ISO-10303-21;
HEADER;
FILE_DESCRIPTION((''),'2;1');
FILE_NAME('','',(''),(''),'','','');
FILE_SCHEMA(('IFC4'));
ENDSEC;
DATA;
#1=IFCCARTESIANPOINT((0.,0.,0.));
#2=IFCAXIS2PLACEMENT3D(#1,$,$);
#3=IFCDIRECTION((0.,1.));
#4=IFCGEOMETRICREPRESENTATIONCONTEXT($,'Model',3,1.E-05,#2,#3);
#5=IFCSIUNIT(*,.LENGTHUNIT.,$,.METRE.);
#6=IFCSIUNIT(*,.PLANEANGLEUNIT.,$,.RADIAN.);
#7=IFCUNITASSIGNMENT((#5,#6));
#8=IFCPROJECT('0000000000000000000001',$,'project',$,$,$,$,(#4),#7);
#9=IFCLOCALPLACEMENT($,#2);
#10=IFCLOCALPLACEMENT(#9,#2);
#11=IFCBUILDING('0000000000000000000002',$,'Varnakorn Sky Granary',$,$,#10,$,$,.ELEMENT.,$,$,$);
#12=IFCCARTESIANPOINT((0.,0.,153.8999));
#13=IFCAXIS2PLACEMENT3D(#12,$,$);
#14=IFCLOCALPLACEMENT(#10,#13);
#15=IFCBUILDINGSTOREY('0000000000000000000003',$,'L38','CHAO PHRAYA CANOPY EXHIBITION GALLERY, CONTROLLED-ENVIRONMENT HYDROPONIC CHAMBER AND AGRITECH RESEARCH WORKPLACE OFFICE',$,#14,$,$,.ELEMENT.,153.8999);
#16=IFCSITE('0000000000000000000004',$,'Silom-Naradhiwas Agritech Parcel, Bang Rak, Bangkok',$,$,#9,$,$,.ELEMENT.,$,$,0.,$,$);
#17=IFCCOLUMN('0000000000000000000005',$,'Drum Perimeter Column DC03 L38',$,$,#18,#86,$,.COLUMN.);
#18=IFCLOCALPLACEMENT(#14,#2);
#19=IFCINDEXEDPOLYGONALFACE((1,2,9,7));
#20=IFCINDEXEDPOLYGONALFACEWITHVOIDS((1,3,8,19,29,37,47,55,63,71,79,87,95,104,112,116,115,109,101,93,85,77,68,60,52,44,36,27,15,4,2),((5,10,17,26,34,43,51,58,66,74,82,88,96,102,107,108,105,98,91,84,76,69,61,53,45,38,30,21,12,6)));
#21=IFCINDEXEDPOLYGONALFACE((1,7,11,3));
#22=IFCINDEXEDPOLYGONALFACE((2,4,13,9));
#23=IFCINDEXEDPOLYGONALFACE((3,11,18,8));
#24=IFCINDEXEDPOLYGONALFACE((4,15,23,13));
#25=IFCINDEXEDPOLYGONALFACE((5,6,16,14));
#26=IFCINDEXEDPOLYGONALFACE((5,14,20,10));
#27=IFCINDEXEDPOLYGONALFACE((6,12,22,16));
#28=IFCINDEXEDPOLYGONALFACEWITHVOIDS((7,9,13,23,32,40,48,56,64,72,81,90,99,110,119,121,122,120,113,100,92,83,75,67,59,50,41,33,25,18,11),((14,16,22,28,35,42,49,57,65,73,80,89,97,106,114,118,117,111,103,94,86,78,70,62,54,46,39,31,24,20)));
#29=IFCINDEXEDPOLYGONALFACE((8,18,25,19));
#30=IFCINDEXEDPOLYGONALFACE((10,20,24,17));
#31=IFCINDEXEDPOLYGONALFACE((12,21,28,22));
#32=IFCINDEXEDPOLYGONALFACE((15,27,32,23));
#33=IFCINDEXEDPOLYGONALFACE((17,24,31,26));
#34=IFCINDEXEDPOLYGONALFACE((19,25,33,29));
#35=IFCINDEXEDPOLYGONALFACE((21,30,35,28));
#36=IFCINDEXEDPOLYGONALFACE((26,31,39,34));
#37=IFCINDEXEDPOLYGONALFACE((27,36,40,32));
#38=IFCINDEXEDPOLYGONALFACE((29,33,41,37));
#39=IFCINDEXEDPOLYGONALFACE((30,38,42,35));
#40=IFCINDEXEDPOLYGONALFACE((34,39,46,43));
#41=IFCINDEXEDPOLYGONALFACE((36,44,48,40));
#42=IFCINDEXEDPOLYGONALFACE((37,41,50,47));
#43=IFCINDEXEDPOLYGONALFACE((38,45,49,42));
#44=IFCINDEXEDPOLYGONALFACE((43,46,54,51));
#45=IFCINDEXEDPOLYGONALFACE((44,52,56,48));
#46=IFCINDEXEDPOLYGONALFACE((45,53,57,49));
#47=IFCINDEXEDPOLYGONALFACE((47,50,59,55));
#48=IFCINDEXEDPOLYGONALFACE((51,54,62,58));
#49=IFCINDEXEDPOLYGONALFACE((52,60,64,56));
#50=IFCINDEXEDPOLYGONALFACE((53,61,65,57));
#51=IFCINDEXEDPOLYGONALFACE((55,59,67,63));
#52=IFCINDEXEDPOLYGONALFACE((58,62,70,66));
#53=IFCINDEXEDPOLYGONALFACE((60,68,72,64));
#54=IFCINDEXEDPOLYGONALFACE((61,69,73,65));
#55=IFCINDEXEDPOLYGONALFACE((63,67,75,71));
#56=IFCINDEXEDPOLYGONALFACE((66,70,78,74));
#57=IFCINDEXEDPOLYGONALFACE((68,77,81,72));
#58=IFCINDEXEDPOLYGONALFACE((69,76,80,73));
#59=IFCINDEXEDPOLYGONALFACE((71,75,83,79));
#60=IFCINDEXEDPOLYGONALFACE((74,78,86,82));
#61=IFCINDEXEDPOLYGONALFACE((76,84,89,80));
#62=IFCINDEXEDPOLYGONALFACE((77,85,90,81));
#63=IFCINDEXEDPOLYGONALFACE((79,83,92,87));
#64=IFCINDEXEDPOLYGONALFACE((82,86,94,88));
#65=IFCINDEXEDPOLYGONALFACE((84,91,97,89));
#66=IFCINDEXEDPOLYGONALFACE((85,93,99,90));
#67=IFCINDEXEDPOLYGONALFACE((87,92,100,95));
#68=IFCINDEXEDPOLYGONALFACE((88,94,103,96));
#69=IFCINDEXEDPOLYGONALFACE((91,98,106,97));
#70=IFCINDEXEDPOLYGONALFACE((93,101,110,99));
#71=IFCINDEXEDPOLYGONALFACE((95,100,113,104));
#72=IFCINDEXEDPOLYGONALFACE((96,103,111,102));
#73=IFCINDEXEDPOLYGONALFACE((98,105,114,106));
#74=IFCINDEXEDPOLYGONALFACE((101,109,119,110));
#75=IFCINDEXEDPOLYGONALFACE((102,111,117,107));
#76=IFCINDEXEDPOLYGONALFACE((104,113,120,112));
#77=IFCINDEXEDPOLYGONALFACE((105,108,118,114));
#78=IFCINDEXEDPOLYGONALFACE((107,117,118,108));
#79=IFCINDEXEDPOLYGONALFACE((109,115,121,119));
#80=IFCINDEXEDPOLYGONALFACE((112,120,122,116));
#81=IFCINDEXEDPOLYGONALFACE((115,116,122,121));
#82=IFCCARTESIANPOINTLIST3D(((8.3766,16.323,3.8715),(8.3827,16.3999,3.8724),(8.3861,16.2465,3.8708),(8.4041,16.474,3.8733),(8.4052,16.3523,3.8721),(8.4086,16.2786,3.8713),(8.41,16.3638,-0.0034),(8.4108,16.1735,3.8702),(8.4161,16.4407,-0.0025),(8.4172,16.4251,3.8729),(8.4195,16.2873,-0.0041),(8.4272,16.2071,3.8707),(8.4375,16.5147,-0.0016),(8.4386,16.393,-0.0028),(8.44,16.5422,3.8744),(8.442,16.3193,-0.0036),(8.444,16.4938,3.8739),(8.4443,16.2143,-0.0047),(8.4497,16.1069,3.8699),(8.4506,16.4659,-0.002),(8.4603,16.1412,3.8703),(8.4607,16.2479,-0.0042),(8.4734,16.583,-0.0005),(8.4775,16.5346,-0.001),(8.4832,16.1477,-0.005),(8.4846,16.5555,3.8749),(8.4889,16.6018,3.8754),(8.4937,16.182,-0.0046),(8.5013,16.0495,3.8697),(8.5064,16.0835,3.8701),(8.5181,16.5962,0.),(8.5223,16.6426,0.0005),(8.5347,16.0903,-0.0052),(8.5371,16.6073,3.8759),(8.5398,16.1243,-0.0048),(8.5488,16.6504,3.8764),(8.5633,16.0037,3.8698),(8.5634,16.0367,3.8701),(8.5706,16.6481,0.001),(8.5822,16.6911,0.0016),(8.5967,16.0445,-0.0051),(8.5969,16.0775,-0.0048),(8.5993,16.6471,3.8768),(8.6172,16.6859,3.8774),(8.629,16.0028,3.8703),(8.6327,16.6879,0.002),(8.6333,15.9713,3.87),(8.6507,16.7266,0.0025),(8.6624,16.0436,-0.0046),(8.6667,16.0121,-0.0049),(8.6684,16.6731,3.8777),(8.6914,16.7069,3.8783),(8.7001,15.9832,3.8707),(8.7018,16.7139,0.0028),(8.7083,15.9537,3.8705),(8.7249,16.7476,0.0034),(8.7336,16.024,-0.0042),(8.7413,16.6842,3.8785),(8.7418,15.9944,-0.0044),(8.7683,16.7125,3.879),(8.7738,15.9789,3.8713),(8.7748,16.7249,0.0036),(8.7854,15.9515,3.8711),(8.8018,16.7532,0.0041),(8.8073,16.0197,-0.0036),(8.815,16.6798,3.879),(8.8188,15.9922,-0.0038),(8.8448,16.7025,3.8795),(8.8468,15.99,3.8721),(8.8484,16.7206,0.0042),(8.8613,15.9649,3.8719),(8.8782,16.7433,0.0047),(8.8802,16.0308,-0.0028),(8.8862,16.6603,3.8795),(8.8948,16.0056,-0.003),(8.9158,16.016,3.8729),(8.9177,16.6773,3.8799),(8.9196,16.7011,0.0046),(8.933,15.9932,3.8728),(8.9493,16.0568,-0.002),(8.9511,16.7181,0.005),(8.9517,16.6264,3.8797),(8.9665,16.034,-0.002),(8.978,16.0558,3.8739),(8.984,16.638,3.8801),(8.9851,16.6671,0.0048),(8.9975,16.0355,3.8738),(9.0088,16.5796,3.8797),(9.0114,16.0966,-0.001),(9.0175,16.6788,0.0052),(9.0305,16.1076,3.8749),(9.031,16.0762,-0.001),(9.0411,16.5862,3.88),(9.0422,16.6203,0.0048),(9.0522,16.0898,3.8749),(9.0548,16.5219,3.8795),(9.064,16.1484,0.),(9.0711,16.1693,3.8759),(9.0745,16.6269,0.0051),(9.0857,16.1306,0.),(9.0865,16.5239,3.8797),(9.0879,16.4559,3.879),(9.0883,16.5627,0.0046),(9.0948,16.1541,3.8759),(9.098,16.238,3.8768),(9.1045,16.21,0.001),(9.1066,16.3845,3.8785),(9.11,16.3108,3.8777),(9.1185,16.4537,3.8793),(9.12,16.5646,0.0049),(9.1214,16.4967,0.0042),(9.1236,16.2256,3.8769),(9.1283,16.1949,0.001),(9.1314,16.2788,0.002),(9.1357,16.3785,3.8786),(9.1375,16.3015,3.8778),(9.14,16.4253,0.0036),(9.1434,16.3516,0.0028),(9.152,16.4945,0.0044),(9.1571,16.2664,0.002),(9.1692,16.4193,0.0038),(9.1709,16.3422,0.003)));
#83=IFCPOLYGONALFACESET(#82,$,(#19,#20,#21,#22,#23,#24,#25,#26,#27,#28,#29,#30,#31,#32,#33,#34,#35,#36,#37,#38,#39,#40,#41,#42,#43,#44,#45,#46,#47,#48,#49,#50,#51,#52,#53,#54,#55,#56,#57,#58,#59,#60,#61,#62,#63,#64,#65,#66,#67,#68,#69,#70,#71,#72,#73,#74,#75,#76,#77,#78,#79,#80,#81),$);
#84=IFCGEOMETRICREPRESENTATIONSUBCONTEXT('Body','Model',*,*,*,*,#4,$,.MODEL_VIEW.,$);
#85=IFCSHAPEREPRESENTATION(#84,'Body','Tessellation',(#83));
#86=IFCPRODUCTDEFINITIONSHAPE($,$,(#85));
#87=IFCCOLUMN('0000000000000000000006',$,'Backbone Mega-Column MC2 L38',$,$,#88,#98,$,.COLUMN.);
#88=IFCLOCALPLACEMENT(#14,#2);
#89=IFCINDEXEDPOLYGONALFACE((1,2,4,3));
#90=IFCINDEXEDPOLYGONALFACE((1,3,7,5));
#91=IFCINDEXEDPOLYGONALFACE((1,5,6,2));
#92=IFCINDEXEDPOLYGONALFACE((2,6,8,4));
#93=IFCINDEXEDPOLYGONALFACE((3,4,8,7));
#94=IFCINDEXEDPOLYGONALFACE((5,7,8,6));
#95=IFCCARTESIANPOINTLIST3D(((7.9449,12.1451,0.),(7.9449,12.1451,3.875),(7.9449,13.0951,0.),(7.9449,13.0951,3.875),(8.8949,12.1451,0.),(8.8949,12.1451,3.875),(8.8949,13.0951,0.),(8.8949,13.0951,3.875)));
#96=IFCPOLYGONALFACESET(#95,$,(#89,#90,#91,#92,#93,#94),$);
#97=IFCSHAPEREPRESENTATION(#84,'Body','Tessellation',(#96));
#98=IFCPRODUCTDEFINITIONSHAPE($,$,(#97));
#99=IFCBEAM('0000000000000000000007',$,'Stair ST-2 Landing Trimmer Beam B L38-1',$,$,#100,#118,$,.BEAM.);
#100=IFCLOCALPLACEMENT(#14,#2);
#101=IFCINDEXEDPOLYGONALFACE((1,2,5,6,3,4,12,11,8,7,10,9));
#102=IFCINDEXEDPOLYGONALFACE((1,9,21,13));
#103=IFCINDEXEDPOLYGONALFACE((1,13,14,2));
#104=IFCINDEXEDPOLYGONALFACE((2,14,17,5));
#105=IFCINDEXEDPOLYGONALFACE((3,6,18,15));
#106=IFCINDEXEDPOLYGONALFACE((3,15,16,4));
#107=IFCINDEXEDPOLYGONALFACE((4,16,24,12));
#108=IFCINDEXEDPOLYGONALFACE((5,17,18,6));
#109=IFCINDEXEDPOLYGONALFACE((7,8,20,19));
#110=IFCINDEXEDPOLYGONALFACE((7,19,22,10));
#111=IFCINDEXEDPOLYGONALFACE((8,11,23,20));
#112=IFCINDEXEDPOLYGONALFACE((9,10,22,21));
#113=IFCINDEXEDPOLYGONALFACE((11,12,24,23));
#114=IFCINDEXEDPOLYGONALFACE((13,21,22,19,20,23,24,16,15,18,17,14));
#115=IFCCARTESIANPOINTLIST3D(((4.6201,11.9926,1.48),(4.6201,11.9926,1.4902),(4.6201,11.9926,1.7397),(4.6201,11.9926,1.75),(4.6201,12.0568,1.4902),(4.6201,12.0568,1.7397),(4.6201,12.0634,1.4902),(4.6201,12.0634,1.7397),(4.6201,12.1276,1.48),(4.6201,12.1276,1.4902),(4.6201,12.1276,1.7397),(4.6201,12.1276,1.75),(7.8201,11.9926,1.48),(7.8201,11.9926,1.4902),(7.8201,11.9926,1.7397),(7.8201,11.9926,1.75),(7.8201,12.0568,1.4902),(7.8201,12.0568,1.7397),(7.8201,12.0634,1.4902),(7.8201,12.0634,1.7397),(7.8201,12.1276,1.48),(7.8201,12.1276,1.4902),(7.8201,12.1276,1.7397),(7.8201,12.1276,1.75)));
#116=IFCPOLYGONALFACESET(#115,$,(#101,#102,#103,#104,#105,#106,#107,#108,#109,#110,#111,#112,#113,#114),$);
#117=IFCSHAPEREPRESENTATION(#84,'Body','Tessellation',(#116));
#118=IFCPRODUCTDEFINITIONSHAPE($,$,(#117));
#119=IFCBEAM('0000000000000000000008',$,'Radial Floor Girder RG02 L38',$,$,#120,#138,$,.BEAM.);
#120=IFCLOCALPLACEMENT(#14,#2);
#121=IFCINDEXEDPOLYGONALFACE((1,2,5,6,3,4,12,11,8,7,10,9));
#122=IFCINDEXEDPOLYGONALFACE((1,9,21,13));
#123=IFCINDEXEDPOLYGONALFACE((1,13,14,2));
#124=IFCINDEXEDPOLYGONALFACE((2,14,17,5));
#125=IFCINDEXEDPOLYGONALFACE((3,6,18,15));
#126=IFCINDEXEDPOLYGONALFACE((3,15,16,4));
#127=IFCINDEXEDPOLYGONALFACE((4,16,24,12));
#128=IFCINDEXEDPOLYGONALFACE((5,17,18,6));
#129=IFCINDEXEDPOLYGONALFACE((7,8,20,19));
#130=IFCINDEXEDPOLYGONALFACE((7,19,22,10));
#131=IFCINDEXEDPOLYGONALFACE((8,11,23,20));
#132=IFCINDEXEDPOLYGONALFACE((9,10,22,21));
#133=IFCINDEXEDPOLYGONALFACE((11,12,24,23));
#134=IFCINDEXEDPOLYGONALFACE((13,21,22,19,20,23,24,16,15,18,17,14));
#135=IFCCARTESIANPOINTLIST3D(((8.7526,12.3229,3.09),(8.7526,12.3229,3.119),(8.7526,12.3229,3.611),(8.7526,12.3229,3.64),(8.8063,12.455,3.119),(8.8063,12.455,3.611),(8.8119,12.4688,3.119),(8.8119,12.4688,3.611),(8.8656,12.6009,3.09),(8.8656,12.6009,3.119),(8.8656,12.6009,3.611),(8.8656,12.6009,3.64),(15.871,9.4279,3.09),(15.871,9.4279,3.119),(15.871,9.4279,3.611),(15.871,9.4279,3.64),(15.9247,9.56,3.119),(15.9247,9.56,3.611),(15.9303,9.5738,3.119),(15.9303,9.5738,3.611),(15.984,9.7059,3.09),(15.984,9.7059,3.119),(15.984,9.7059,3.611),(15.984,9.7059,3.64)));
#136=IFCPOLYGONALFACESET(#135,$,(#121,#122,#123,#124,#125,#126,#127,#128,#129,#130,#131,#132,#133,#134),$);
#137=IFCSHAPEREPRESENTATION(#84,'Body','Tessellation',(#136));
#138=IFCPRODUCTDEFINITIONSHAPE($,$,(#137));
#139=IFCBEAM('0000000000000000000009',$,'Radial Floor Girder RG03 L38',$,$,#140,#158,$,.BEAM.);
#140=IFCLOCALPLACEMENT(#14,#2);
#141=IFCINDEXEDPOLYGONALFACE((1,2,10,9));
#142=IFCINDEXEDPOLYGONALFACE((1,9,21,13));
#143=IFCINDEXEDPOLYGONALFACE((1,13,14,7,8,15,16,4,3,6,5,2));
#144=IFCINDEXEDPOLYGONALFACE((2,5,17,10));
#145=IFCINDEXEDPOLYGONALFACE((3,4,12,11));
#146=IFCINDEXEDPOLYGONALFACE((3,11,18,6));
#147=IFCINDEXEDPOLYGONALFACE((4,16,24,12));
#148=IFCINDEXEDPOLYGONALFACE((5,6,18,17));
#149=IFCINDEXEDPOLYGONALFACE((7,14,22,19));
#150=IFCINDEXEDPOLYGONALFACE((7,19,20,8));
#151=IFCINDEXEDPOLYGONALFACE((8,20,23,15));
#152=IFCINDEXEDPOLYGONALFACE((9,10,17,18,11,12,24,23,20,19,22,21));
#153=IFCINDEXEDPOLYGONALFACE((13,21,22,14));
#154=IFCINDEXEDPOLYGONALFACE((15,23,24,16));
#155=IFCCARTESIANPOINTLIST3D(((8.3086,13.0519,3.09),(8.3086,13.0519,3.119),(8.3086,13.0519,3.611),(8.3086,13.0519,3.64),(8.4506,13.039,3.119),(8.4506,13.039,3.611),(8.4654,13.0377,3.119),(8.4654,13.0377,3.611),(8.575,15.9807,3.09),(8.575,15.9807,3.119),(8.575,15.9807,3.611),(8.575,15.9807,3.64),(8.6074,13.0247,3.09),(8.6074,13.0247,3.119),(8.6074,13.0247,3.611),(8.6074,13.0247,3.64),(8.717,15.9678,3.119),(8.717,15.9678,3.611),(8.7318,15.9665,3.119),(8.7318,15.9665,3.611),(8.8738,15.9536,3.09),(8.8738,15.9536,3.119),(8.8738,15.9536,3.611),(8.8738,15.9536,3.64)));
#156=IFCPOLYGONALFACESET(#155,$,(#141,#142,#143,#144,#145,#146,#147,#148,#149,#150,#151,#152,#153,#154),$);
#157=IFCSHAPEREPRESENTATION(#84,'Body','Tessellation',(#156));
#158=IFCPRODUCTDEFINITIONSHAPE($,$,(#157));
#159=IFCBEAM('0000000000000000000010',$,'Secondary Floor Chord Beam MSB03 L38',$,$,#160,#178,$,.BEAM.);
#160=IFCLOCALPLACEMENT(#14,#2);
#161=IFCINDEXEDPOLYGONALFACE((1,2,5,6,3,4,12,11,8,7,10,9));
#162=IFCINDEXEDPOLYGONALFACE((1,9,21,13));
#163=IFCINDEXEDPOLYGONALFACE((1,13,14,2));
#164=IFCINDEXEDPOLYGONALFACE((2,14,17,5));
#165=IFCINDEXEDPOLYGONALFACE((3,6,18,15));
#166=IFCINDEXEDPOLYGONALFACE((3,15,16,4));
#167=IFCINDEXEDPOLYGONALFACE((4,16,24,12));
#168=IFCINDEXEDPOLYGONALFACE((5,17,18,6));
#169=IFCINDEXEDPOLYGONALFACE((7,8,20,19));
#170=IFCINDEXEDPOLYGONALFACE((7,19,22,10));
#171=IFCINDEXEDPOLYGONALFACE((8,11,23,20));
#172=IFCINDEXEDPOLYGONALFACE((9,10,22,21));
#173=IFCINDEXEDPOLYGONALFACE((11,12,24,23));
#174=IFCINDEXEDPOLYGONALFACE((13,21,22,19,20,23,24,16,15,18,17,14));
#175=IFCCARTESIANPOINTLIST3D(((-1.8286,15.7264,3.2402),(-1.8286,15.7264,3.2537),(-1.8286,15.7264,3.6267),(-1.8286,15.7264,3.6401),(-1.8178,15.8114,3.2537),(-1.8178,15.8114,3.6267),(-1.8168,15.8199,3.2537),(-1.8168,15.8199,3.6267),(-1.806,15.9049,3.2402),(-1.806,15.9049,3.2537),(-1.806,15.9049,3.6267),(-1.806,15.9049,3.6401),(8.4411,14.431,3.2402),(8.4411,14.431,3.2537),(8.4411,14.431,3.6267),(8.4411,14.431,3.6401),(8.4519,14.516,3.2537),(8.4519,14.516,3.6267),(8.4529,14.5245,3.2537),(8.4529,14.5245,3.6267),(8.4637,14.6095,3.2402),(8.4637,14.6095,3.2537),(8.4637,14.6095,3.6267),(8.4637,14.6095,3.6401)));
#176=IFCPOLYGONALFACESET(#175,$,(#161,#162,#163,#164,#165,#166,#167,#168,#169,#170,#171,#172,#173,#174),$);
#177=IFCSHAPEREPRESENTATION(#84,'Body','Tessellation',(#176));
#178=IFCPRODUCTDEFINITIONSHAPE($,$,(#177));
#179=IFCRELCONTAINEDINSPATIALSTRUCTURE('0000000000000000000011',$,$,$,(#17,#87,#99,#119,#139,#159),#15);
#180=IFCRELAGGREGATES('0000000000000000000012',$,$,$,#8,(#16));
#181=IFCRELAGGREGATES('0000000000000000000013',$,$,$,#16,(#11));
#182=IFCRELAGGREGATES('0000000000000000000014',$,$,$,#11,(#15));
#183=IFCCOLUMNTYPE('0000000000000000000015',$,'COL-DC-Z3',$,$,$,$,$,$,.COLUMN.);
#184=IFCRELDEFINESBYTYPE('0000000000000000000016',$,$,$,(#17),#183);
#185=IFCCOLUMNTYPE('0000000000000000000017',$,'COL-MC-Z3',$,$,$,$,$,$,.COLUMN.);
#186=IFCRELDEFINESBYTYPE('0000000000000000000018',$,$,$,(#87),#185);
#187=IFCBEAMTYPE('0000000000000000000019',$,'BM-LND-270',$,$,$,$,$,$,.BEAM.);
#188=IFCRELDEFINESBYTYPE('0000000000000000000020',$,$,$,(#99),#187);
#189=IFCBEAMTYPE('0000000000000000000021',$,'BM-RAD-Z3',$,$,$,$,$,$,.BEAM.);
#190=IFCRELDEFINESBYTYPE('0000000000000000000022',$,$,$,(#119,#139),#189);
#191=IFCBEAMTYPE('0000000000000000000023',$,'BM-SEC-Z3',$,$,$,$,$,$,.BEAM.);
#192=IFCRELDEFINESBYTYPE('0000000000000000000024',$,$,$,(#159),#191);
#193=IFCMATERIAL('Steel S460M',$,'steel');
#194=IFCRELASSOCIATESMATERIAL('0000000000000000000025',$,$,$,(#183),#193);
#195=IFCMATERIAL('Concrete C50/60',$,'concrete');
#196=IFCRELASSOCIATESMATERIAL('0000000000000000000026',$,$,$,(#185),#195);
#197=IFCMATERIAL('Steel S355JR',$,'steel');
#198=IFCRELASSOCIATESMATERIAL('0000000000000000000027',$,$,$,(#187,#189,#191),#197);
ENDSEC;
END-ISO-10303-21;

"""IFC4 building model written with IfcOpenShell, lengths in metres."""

from ifc_helpers import new_model, si_unit, direction, frame, origin, origin_2d, place, context, subcontext, project, spatial, rectangle, hollow_circle, i_section, extrude, material, material_profile, profile_set, type_object, element, save


model = new_model("IFC4")

# Units and contexts
model_context = context("Model", 3, precision=1e-05, world=origin(), true_north=direction((0.0, 1.0)))
body_context = subcontext(model_context, "Body", "Model", "MODEL_VIEW")
ifc_project = project(units=[si_unit("LENGTHUNIT", "METRE"), si_unit("PLANEANGLEUNIT", "RADIAN")], contexts=[model_context])

# Site, building, storey
site_placement = place(None, origin())
site = spatial("IfcSite", under=ifc_project, at=site_placement, Name="Silom-Naradhiwas Agritech Parcel, Bang Rak, Bangkok", CompositionType="ELEMENT", RefElevation=0.0)
building_placement = place(site_placement, origin())
building = spatial("IfcBuilding", under=site, at=building_placement, Name="Varnakorn Sky Granary", CompositionType="ELEMENT")
storey_placement = place(building_placement, frame((0.0, 0.0, 153.8999)))
storey = spatial("IfcBuildingStorey", under=building, at=storey_placement, Name="L38", Description="CHAO PHRAYA CANOPY EXHIBITION GALLERY, CONTROLLED-ENVIRONMENT HYDROPONIC CHAMBER AND AGRITECH RESEARCH WORKPLACE OFFICE", CompositionType="ELEMENT", Elevation=153.8999)

# Columns
ifc_material_1 = material(Name="Steel S460M", Category="steel")
ifc_material_profile_1 = material_profile(ifc_material_1, hollow_circle(Radius=0.3811, WallThickness=0.0281, at=origin_2d()), Name="CHS 762x28")
ifc_profile_set_1 = profile_set([ifc_material_profile_1], Name="Steel S460M")
column_type_1 = type_object("IfcColumnType", Name="COL-DC-Z3", PredefinedType="COLUMN", material=ifc_profile_set_1)
column_1_placement = place(storey_placement, frame((8.791, 16.3723, 0.0), z_axis=(-0.008631, -0.010521, 0.999907), x_axis=(0.773132, -0.634246, 0.0)))
element("IfcColumn", 1, at=column_1_placement, inside=storey, type_object=column_type_1, Name="Drum Perimeter Column DC03 L38", PredefinedType="COLUMN", context=body_context, shape_type="SweptSolid", body=[
    extrude(hollow_circle(Radius=0.3811, WallThickness=0.0281, at=origin_2d()), origin(), (0.0, 0.0, 1.0), 3.8752),
])
ifc_material_2 = material(Name="Concrete C50/60", Category="concrete")
ifc_material_profile_2 = material_profile(ifc_material_2, rectangle(XDim=0.95, YDim=0.95, at=origin_2d()), Name="RC 950x950")
ifc_profile_set_2 = profile_set([ifc_material_profile_2], Name="Concrete C50/60")
column_type_2 = type_object("IfcColumnType", Name="COL-MC-Z3", PredefinedType="COLUMN", material=ifc_profile_set_2)
column_2_placement = place(storey_placement, frame((8.4199, 12.6201, 0.0), z_axis=(0.0, 0.0, 1.0), x_axis=(1.0, 0.0, 0.0)))
element("IfcColumn", 2, at=column_2_placement, inside=storey, type_object=column_type_2, Name="Backbone Mega-Column MC2 L38", PredefinedType="COLUMN", context=body_context, shape_type="SweptSolid", body=[
    extrude(rectangle(XDim=0.95, YDim=0.95, at=origin_2d()), origin(), (0.0, 0.0, 1.0), 3.875),
])

# Beams
ifc_material_3 = material(Name="Steel S355JR", Category="steel")
ifc_material_profile_3 = material_profile(ifc_material_3, i_section(OverallWidth=0.135, OverallDepth=0.27, WebThickness=0.0066, FlangeThickness=0.0103, at=origin_2d()), Name="IPE 270")
ifc_profile_set_3 = profile_set([ifc_material_profile_3], Name="Steel S355JR")
beam_type_1 = type_object("IfcBeamType", Name="BM-LND-270", PredefinedType="BEAM", material=ifc_profile_set_3)
beam_1_placement = place(storey_placement, frame((4.6201, 12.0601, 1.615), z_axis=(1.0, 0.0, 0.0), x_axis=(0.0, 1.0, 0.0)))
element("IfcBeam", 3, at=beam_1_placement, inside=storey, type_object=beam_type_1, Name="Stair ST-2 Landing Trimmer Beam B L38-1", PredefinedType="BEAM", context=body_context, shape_type="SweptSolid", body=[
    extrude(i_section(OverallWidth=0.135, OverallDepth=0.27, WebThickness=0.0066, FlangeThickness=0.0103, at=origin_2d()), origin(), (0.0, 0.0, 1.0), 3.2),
])
ifc_material_profile_4 = material_profile(ifc_material_3, i_section(OverallWidth=0.3, OverallDepth=0.55, WebThickness=0.0149, FlangeThickness=0.0291, at=origin_2d()), Name="HE 550 B")
ifc_profile_set_4 = profile_set([ifc_material_profile_4], Name="Steel S355JR")
beam_type_2 = type_object("IfcBeamType", Name="BM-RAD-Z3", PredefinedType="BEAM", material=ifc_profile_set_4)
beam_2_placement = place(storey_placement, frame((8.8091, 12.4619, 3.365), z_axis=(0.926323, -0.376731, 0.0), x_axis=(0.376731, 0.926323, 0.0)))
element("IfcBeam", 4, at=beam_2_placement, inside=storey, type_object=beam_type_2, Name="Radial Floor Girder RG02 L38", PredefinedType="BEAM", context=body_context, shape_type="SweptSolid", body=[
    extrude(i_section(OverallWidth=0.3, OverallDepth=0.55, WebThickness=0.0149, FlangeThickness=0.0291, at=origin_2d()), origin(), (0.0, 0.0, 1.0), 7.6846),
])
beam_3_placement = place(storey_placement, frame((8.458, 13.0383, 3.365), z_axis=(0.090573, 0.99589, 0.0), x_axis=(-0.99589, 0.090573, 0.0)))
element("IfcBeam", 5, at=beam_3_placement, inside=storey, type_object=beam_type_2, Name="Radial Floor Girder RG03 L38", PredefinedType="BEAM", context=body_context, shape_type="SweptSolid", body=[
    extrude(i_section(OverallWidth=0.3, OverallDepth=0.55, WebThickness=0.0149, FlangeThickness=0.0291, at=origin_2d()), origin(), (0.0, 0.0, 1.0), 2.9409),
])
ifc_material_profile_5 = material_profile(ifc_material_3, i_section(OverallWidth=0.1799, OverallDepth=0.3999, WebThickness=0.0085, FlangeThickness=0.0134, at=origin_2d()), Name="IPE 400")
ifc_profile_set_5 = profile_set([ifc_material_profile_5], Name="Steel S355JR")
beam_type_3 = type_object("IfcBeamType", Name="BM-SEC-Z3", PredefinedType="BEAM", material=ifc_profile_set_5)
beam_4_placement = place(storey_placement, frame((8.4524, 14.5203, 3.4402), z_axis=(-0.992138, 0.125146, 0.0), x_axis=(-0.125146, -0.992138, 0.0)))
element("IfcBeam", 6, at=beam_4_placement, inside=storey, type_object=beam_type_3, Name="Secondary Floor Chord Beam MSB03 L38", PredefinedType="BEAM", context=body_context, shape_type="SweptSolid", body=[
    extrude(i_section(OverallWidth=0.1799, OverallDepth=0.3999, WebThickness=0.0085, FlangeThickness=0.0134, at=origin_2d()), origin(), (0.0, 0.0, 1.0), 10.3511),
])

save(model, "model.ifc")
